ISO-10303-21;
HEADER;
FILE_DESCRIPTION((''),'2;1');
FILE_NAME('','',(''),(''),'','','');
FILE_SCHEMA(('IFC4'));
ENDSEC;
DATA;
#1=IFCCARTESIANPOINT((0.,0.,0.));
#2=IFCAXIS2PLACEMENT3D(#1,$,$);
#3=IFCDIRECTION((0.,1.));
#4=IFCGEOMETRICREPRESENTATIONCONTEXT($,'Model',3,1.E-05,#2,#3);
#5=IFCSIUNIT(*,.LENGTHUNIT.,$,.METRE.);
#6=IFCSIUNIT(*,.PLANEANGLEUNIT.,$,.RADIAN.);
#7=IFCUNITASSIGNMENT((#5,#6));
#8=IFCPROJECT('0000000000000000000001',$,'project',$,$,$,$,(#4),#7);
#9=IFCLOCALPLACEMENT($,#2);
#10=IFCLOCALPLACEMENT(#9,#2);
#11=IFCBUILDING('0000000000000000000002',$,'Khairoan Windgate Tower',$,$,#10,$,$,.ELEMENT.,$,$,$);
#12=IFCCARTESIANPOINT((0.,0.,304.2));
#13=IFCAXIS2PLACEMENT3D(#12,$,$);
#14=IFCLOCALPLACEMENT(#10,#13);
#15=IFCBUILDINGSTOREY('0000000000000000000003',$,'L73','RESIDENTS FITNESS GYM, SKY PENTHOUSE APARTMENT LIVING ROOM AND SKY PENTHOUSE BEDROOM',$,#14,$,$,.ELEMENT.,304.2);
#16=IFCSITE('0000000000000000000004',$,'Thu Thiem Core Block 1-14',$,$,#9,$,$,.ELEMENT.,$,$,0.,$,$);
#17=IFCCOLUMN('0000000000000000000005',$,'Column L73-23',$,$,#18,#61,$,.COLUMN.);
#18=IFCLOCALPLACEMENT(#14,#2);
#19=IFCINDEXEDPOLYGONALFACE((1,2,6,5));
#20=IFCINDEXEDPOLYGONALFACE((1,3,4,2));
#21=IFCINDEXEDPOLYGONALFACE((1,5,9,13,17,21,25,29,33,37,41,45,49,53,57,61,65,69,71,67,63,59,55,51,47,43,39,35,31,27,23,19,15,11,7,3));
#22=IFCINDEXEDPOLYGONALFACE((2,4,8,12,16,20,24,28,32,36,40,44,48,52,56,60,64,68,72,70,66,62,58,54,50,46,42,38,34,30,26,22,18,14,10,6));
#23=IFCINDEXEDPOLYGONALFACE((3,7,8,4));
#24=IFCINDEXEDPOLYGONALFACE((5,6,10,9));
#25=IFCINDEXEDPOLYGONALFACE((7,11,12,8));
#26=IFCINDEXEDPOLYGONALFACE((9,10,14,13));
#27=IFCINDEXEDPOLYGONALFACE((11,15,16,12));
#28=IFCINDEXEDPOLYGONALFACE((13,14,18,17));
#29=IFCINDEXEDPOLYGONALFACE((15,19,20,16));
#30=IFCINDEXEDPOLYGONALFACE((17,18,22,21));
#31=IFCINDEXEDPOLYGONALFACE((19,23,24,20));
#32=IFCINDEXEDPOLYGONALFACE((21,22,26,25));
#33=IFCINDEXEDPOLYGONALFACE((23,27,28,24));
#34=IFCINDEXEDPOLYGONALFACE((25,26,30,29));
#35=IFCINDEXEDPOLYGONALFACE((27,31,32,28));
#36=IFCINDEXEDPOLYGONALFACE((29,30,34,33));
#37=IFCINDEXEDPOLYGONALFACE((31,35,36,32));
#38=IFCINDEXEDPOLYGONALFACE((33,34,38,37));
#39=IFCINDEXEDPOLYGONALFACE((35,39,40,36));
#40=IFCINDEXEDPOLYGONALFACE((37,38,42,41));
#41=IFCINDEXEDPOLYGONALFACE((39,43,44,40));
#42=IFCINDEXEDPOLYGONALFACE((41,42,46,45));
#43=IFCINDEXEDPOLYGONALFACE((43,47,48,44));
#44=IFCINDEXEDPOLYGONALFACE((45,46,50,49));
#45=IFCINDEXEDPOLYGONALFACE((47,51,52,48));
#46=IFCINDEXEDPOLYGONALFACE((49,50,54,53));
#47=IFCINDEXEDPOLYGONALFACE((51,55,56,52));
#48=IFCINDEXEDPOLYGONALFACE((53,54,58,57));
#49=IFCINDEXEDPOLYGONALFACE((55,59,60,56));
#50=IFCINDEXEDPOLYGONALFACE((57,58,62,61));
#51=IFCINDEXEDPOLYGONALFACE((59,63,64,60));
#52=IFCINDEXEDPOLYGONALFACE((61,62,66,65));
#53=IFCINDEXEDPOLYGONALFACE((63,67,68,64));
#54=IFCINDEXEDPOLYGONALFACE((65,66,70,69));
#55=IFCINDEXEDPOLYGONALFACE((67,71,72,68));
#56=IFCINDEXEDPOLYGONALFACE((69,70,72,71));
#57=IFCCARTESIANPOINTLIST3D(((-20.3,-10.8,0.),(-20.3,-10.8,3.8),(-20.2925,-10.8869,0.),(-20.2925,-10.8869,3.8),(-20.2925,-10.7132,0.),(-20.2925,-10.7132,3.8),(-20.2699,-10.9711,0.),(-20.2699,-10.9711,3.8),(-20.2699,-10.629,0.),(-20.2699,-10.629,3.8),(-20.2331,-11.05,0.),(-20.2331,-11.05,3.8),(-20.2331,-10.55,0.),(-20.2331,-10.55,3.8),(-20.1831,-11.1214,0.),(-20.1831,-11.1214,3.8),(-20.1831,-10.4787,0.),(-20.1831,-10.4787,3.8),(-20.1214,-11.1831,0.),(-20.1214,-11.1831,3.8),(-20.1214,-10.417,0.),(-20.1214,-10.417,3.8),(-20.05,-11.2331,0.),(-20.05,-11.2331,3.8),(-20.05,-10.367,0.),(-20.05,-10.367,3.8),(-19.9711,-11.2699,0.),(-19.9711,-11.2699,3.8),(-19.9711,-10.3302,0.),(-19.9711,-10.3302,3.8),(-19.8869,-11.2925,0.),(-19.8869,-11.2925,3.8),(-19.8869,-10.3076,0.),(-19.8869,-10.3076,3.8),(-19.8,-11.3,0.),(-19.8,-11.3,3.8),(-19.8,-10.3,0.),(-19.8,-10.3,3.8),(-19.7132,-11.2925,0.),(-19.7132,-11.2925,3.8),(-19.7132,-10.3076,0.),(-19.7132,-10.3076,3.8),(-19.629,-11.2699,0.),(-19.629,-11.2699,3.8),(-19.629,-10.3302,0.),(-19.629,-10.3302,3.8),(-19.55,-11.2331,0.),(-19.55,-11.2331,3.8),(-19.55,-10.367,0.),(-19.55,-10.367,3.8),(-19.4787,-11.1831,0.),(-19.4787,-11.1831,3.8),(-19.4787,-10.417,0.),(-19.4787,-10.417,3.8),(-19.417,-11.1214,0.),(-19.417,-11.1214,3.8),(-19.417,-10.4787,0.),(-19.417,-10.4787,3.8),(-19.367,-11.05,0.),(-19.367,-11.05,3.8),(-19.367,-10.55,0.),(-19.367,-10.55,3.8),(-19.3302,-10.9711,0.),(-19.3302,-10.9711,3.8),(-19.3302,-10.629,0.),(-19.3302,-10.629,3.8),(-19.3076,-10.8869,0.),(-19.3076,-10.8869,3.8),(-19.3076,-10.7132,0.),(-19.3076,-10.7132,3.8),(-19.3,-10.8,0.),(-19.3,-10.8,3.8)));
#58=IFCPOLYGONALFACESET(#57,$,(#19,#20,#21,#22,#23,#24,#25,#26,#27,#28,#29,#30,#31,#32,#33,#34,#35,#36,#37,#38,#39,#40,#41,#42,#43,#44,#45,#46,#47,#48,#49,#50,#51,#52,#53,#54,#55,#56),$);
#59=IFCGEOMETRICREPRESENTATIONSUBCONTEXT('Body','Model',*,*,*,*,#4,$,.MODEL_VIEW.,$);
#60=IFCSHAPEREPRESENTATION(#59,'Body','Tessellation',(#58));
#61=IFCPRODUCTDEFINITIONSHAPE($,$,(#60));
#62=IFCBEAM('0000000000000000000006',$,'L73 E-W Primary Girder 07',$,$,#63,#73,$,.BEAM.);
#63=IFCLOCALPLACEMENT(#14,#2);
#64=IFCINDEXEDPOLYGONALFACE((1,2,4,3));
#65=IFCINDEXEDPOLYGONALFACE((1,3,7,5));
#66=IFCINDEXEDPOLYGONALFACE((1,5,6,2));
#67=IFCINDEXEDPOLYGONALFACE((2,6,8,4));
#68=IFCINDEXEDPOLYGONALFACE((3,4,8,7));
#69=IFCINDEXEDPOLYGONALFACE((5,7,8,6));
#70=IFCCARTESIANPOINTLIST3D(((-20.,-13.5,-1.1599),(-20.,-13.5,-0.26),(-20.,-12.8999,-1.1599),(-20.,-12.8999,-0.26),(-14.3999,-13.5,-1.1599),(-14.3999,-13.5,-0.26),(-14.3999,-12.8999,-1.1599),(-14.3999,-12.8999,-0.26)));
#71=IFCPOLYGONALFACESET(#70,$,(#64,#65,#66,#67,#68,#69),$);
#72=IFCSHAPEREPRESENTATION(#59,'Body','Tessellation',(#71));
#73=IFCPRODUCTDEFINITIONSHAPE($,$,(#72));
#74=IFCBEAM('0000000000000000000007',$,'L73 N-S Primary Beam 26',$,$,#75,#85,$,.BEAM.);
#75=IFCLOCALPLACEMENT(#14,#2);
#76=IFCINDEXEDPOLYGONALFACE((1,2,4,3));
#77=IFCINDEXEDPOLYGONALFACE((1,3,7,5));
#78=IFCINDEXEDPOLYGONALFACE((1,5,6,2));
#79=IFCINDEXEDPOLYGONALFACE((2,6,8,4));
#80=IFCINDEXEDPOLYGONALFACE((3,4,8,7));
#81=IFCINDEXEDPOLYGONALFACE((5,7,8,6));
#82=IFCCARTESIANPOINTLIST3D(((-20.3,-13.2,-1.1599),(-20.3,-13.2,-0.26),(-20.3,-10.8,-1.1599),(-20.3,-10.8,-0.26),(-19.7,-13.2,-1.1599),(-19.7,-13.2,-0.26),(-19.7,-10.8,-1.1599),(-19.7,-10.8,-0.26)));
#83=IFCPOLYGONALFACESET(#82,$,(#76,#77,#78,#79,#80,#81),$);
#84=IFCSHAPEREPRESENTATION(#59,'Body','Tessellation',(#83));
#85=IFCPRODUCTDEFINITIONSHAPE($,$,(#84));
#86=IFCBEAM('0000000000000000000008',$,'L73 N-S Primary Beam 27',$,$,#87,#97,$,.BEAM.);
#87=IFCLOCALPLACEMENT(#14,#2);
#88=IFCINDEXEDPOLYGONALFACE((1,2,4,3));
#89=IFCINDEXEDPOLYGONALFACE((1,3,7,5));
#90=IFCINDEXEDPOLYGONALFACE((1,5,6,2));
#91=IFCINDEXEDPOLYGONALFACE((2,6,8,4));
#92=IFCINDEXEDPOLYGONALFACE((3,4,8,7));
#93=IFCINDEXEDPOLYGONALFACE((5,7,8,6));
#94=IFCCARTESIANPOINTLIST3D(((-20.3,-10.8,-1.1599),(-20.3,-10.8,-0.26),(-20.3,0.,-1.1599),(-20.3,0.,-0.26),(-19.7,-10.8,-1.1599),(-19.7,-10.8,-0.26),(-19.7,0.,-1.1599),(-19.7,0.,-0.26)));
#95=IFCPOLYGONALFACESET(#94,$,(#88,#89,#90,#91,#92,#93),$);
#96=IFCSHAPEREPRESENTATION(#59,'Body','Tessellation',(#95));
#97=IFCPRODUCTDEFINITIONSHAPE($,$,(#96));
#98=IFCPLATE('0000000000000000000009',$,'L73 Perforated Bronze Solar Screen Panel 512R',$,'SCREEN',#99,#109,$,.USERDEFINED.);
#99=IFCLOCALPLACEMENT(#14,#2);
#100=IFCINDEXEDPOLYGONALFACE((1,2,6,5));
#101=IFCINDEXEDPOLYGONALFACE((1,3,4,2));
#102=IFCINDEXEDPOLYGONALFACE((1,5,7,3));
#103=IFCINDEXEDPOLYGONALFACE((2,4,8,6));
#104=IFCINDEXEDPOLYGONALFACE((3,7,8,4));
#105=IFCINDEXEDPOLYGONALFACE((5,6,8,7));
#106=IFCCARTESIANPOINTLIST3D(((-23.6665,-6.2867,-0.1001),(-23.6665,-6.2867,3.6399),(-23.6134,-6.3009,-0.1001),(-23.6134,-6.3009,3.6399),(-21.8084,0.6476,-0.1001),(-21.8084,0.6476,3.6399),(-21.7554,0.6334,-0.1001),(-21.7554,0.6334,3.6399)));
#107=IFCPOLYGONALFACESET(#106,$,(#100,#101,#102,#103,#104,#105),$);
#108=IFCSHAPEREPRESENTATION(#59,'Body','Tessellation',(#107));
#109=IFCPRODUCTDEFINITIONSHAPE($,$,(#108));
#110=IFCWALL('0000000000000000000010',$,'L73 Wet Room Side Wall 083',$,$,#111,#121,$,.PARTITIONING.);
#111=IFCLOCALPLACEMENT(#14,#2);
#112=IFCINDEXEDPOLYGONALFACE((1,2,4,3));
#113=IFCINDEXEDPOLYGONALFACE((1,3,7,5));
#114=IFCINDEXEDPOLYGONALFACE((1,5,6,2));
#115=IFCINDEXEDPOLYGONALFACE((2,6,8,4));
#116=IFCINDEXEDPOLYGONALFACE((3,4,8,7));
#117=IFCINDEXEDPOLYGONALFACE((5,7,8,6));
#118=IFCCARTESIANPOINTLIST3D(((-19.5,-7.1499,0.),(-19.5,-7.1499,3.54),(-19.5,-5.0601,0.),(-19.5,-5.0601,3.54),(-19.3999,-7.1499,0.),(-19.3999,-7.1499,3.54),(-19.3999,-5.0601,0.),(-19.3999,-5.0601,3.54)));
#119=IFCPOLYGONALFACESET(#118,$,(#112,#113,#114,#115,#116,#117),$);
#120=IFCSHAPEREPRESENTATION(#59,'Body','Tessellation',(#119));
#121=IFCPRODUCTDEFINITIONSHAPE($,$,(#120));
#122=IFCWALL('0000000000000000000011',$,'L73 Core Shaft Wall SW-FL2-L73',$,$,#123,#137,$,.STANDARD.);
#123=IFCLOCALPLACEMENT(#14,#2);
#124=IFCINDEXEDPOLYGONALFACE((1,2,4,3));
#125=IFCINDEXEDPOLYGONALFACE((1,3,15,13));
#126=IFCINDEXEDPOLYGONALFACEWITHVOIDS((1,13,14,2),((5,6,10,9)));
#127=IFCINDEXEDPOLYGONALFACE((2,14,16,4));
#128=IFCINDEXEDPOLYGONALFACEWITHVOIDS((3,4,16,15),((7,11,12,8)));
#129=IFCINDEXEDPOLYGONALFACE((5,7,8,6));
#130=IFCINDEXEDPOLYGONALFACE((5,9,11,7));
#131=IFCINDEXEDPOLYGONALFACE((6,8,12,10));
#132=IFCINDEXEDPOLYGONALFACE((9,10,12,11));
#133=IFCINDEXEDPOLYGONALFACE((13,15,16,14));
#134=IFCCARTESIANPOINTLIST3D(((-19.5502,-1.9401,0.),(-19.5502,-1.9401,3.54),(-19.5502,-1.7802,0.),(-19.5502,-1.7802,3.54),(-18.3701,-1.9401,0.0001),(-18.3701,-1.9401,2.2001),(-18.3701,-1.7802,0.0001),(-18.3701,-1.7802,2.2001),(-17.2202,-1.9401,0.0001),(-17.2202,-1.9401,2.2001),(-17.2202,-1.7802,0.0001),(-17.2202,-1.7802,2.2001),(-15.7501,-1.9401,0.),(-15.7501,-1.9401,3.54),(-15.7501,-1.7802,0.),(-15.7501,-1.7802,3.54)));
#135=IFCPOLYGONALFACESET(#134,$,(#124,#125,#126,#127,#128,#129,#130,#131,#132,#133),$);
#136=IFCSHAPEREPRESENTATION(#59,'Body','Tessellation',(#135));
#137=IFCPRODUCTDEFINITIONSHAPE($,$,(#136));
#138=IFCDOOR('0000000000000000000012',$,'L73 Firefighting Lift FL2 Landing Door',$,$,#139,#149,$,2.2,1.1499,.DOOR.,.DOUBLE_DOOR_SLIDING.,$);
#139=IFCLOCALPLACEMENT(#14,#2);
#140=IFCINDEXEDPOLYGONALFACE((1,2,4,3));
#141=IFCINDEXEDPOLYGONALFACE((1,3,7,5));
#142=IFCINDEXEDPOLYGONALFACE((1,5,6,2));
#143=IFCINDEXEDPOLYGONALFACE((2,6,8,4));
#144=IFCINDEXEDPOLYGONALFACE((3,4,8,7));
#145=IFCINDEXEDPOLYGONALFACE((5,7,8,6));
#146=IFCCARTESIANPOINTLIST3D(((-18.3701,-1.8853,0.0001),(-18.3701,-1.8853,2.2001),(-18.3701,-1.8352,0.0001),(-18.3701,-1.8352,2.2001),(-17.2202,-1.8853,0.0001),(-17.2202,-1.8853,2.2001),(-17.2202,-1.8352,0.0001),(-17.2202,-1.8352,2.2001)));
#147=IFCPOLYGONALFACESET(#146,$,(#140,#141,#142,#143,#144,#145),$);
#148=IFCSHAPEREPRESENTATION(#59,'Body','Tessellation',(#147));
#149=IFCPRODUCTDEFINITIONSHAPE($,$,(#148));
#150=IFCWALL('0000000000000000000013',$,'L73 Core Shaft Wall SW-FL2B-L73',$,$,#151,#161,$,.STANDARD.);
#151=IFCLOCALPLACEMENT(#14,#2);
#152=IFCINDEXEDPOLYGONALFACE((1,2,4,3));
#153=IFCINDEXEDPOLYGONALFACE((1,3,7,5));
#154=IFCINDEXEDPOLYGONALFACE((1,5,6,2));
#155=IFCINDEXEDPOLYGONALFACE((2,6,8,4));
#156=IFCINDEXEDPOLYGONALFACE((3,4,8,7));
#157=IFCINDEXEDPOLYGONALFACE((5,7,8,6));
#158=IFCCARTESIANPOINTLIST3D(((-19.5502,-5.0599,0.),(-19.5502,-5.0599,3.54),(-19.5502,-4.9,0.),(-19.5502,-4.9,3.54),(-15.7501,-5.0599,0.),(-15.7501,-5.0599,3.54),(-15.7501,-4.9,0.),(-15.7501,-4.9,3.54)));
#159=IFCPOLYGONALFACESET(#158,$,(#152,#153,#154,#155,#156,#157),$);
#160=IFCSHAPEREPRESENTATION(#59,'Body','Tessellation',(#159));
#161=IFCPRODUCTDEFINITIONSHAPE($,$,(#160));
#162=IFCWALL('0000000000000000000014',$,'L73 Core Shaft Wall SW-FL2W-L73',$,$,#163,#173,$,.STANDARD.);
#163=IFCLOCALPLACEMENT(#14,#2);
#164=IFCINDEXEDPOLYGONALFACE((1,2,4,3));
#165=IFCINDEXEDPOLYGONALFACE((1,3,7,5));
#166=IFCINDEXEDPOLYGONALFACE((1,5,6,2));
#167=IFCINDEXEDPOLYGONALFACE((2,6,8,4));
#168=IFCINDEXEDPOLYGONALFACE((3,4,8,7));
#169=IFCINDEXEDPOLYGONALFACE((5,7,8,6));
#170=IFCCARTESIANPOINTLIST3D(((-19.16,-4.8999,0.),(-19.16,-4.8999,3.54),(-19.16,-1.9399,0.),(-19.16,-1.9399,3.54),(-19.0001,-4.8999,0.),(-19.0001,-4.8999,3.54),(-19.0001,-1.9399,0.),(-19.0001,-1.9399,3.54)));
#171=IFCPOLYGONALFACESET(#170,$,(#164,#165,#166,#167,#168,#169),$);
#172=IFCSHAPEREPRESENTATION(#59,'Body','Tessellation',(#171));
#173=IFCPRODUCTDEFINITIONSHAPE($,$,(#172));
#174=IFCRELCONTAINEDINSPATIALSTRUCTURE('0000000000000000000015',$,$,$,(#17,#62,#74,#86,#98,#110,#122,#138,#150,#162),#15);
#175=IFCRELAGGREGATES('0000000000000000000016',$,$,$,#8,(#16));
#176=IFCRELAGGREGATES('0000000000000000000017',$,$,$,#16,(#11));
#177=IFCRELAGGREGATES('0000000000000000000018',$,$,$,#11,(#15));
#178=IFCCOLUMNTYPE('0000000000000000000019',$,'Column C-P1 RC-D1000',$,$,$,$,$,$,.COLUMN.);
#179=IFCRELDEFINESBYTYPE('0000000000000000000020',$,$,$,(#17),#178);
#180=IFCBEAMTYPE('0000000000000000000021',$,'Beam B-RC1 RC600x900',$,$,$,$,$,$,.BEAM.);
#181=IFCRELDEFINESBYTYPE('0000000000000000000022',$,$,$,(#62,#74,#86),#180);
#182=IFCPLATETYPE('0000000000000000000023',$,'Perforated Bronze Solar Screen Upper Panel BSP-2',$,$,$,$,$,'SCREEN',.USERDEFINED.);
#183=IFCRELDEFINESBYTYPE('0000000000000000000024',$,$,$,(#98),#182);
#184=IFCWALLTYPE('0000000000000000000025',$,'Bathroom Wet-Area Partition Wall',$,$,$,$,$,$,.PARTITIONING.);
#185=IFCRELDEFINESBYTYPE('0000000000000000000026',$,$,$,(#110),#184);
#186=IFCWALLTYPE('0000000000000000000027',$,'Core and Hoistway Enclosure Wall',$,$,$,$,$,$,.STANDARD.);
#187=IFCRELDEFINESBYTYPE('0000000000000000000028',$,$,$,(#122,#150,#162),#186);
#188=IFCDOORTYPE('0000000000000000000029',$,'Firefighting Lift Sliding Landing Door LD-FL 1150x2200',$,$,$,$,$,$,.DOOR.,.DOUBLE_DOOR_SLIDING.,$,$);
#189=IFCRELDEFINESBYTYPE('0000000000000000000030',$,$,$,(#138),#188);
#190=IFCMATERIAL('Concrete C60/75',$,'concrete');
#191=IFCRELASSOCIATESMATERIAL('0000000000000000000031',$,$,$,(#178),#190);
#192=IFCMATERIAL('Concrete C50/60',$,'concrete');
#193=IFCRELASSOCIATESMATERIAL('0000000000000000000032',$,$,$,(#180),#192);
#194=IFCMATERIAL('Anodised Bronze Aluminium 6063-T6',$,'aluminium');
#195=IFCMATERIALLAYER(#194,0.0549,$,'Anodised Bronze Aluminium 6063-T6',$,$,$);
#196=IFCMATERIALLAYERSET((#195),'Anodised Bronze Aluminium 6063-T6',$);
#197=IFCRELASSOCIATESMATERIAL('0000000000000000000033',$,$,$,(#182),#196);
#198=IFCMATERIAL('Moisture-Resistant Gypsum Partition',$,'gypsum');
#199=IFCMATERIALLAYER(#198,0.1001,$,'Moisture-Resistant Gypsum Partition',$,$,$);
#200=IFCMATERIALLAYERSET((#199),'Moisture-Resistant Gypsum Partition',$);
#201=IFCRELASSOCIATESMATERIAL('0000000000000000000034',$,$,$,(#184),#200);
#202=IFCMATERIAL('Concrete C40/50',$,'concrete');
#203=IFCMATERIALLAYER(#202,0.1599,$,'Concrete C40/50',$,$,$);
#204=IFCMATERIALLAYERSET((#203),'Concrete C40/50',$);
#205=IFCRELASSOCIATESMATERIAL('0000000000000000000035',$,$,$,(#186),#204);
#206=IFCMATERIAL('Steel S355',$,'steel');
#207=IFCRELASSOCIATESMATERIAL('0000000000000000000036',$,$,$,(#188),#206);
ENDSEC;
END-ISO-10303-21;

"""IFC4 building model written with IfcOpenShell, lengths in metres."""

from ifc_helpers import new_model, si_unit, direction, frame, frame_2d, origin, origin_2d, place, context, subcontext, project, spatial, rectangle, circle, extrude, material, layer, layer_set, material_profile, profile_set, type_object, element, fill, save


model = new_model("IFC4")

# Units and contexts
model_context = context("Model", 3, precision=1e-05, world=origin(), true_north=direction((0.0, 1.0)))
body_context = subcontext(model_context, "Body", "Model", "MODEL_VIEW")
ifc_project = project(units=[si_unit("LENGTHUNIT", "METRE"), si_unit("PLANEANGLEUNIT", "RADIAN")], contexts=[model_context])

# Site, building, storey
site_placement = place(None, origin())
site = spatial("IfcSite", under=ifc_project, at=site_placement, Name="Thu Thiem Core Block 1-14", CompositionType="ELEMENT", RefElevation=0.0)
building_placement = place(site_placement, origin())
building = spatial("IfcBuilding", under=site, at=building_placement, Name="Khairoan Windgate Tower", CompositionType="ELEMENT")
storey_placement = place(building_placement, frame((0.0, 0.0, 304.2)))
storey = spatial("IfcBuildingStorey", under=building, at=storey_placement, Name="L73", Description="RESIDENTS FITNESS GYM, SKY PENTHOUSE APARTMENT LIVING ROOM AND SKY PENTHOUSE BEDROOM", CompositionType="ELEMENT", Elevation=304.2)

# Column
ifc_material_1 = material(Name="Concrete C60/75", Category="concrete")
ifc_material_profile_1 = material_profile(ifc_material_1, circle(Radius=0.5, at=origin_2d()))
ifc_profile_set_1 = profile_set([ifc_material_profile_1], Name="Concrete C60/75")
column_type = type_object("IfcColumnType", Name="Column C-P1 RC-D1000", PredefinedType="COLUMN", material=ifc_profile_set_1)
column_placement = place(storey_placement, frame((-19.8, -10.8, 0.0), z_axis=(0.0, 0.0, 1.0), x_axis=(1.0, 0.0, 0.0)))
element("IfcColumn", 1, at=column_placement, inside=storey, type_object=column_type, Name="Column L73-23", PredefinedType="COLUMN", context=body_context, shape_type="SweptSolid", body=[
    extrude(circle(Radius=0.5, at=origin_2d()), origin(), (0.0, 0.0, 1.0), 3.8),
])

# Beams
ifc_material_2 = material(Name="Concrete C50/60", Category="concrete")
ifc_material_profile_2 = material_profile(ifc_material_2, rectangle(XDim=0.6001, YDim=0.8999, at=origin_2d()))
ifc_profile_set_2 = profile_set([ifc_material_profile_2], Name="Concrete C50/60")
beam_type = type_object("IfcBeamType", Name="Beam B-RC1 RC600x900", PredefinedType="BEAM", material=ifc_profile_set_2)
beam_1_placement = place(storey_placement, frame((-20.0, -13.2, -0.71), z_axis=(1.0, 0.0, 0.0), x_axis=(0.0, 1.0, 0.0)))
element("IfcBeam", 2, at=beam_1_placement, inside=storey, type_object=beam_type, Name="L73 E-W Primary Girder 07", PredefinedType="BEAM", context=body_context, shape_type="SweptSolid", body=[
    extrude(rectangle(XDim=0.6001, YDim=0.8999, at=origin_2d()), origin(), (0.0, 0.0, 1.0), 5.6001),
])
beam_2_placement = place(storey_placement, frame((-20.0, -13.2, -0.71), z_axis=(0.0, 1.0, 0.0), x_axis=(-1.0, 0.0, 0.0)))
element("IfcBeam", 3, at=beam_2_placement, inside=storey, type_object=beam_type, Name="L73 N-S Primary Beam 26", PredefinedType="BEAM", context=body_context, shape_type="SweptSolid", body=[
    extrude(rectangle(XDim=0.6001, YDim=0.8999, at=origin_2d()), origin(), (0.0, 0.0, 1.0), 2.3999),
])
beam_3_placement = place(storey_placement, frame((-20.0, -10.8, -0.71), z_axis=(0.0, 1.0, 0.0), x_axis=(-1.0, 0.0, 0.0)))
element("IfcBeam", 4, at=beam_3_placement, inside=storey, type_object=beam_type, Name="L73 N-S Primary Beam 27", PredefinedType="BEAM", context=body_context, shape_type="SweptSolid", body=[
    extrude(rectangle(XDim=0.6001, YDim=0.8999, at=origin_2d()), origin(), (0.0, 0.0, 1.0), 10.8),
])

# Plate
ifc_material_3 = material(Name="Anodised Bronze Aluminium 6063-T6", Category="aluminium")
ifc_layer_1 = layer(ifc_material_3, 0.0549, Name="Anodised Bronze Aluminium 6063-T6")
ifc_layer_set_1 = layer_set([ifc_layer_1], Name="Anodised Bronze Aluminium 6063-T6")
plate_type = type_object("IfcPlateType", Name="Perforated Bronze Solar Screen Upper Panel BSP-2", ElementType="SCREEN", PredefinedType="USERDEFINED", material=ifc_layer_set_1)
plate_placement = place(storey_placement, frame((-22.7109, -2.8267, -0.1001), z_axis=(0.0, 0.0, 1.0), x_axis=(0.258819, 0.965926, 0.0)))
element("IfcPlate", 5, at=plate_placement, inside=storey, type_object=plate_type, Name="L73 Perforated Bronze Solar Screen Panel 512R", ObjectType="SCREEN", PredefinedType="USERDEFINED", context=body_context, shape_type="SweptSolid", body=[
    extrude(rectangle(XDim=7.179, YDim=0.0549, at=origin_2d()), origin(), (0.0, 0.0, 1.0), 3.74),
])

# Wall
ifc_material_4 = material(Name="Moisture-Resistant Gypsum Partition", Category="gypsum")
ifc_layer_2 = layer(ifc_material_4, 0.1001, Name="Moisture-Resistant Gypsum Partition")
ifc_layer_set_2 = layer_set([ifc_layer_2], Name="Moisture-Resistant Gypsum Partition")
wall_type_1 = type_object("IfcWallType", Name="Bathroom Wet-Area Partition Wall", PredefinedType="PARTITIONING", material=ifc_layer_set_2)
wall_1_placement = place(storey_placement, frame((-19.45, -7.1499, 0.0), z_axis=(0.0, 0.0, 1.0), x_axis=(0.0, 1.0, 0.0)))
element("IfcWall", 6, at=wall_1_placement, inside=storey, type_object=wall_type_1, Name="L73 Wet Room Side Wall 083", PredefinedType="PARTITIONING", context=body_context, shape_type="SweptSolid", body=[
    extrude(rectangle(XDim=2.0898, YDim=0.1001, at=frame_2d((1.0449, 0.0))), origin(), (0.0, 0.0, 1.0), 3.54),
])

# Wall, opening, door
ifc_material_5 = material(Name="Concrete C40/50", Category="concrete")
ifc_layer_3 = layer(ifc_material_5, 0.1599, Name="Concrete C40/50")
ifc_layer_set_3 = layer_set([ifc_layer_3], Name="Concrete C40/50")
wall_type_2 = type_object("IfcWallType", Name="Core and Hoistway Enclosure Wall", PredefinedType="STANDARD", material=ifc_layer_set_3)
wall_2_placement = place(storey_placement, frame((-19.55, -1.8601, 0.0), z_axis=(0.0, 0.0, 1.0), x_axis=(1.0, 0.0, 0.0)))
wall_2 = element("IfcWall", 7, at=wall_2_placement, inside=storey, type_object=wall_type_2, Name="L73 Core Shaft Wall SW-FL2-L73", PredefinedType="STANDARD", context=body_context, shape_type="SweptSolid", body=[
    extrude(rectangle(XDim=3.8, YDim=0.1599, at=frame_2d((1.8999, 0.0))), origin(), (0.0, 0.0, 1.0), 3.54),
])
opening_1_placement = place(wall_2_placement, frame((1.1799, 0.0, 0.0)))
opening_1 = element("IfcOpeningElement", 8, at=opening_1_placement, cuts=wall_2, PredefinedType="OPENING", context=body_context, shape_type="SweptSolid", body=[
    extrude(rectangle(XDim=1.1499, YDim=2.2, at=frame_2d((0.575, 1.1001))), frame((0.0, 0.0898, 0.0), z_axis=(0.0, -1.0, 0.0), x_axis=(1.0, 0.0, 0.0)), (0.0, 0.0, 1.0), 0.1799),
])
ifc_material_6 = material(Name="Steel S355", Category="steel")
door_type_1 = type_object("IfcDoorType", Name="Firefighting Lift Sliding Landing Door LD-FL 1150x2200", OperationType="DOUBLE_DOOR_SLIDING", PredefinedType="DOOR", material=ifc_material_6)
door_1_placement = place(opening_1_placement, origin())
door_1 = element("IfcDoor", 9, at=door_1_placement, inside=storey, type_object=door_type_1, Name="L73 Firefighting Lift FL2 Landing Door", OperationType="DOUBLE_DOOR_SLIDING", OverallHeight=2.2, OverallWidth=1.1499, PredefinedType="DOOR", context=body_context, shape_type="SweptSolid", body=[
    extrude(rectangle(XDim=1.1499, YDim=2.2, at=frame_2d((0.575, 1.1001))), frame((0.0, 0.0249, 0.0), z_axis=(0.0, -1.0, 0.0), x_axis=(1.0, 0.0, 0.0)), (0.0, 0.0, 1.0), 0.05),
])
fill(opening_1, door_1)

# Walls
wall_3_placement = place(storey_placement, frame((-19.55, -4.98, 0.0), z_axis=(0.0, 0.0, 1.0), x_axis=(1.0, 0.0, 0.0)))
element("IfcWall", 10, at=wall_3_placement, inside=storey, type_object=wall_type_2, Name="L73 Core Shaft Wall SW-FL2B-L73", PredefinedType="STANDARD", context=body_context, shape_type="SweptSolid", body=[
    extrude(rectangle(XDim=3.8, YDim=0.1599, at=frame_2d((1.8999, 0.0))), origin(), (0.0, 0.0, 1.0), 3.54),
])
wall_4_placement = place(storey_placement, frame((-19.0801, -4.8999, 0.0), z_axis=(0.0, 0.0, 1.0), x_axis=(0.0, 1.0, 0.0)))
element("IfcWall", 11, at=wall_4_placement, inside=storey, type_object=wall_type_2, Name="L73 Core Shaft Wall SW-FL2W-L73", PredefinedType="STANDARD", context=body_context, shape_type="SweptSolid", body=[
    extrude(rectangle(XDim=2.96, YDim=0.1599, at=frame_2d((1.48, 0.0))), origin(), (0.0, 0.0, 1.0), 3.54),
])

save(model, "model.ifc")
